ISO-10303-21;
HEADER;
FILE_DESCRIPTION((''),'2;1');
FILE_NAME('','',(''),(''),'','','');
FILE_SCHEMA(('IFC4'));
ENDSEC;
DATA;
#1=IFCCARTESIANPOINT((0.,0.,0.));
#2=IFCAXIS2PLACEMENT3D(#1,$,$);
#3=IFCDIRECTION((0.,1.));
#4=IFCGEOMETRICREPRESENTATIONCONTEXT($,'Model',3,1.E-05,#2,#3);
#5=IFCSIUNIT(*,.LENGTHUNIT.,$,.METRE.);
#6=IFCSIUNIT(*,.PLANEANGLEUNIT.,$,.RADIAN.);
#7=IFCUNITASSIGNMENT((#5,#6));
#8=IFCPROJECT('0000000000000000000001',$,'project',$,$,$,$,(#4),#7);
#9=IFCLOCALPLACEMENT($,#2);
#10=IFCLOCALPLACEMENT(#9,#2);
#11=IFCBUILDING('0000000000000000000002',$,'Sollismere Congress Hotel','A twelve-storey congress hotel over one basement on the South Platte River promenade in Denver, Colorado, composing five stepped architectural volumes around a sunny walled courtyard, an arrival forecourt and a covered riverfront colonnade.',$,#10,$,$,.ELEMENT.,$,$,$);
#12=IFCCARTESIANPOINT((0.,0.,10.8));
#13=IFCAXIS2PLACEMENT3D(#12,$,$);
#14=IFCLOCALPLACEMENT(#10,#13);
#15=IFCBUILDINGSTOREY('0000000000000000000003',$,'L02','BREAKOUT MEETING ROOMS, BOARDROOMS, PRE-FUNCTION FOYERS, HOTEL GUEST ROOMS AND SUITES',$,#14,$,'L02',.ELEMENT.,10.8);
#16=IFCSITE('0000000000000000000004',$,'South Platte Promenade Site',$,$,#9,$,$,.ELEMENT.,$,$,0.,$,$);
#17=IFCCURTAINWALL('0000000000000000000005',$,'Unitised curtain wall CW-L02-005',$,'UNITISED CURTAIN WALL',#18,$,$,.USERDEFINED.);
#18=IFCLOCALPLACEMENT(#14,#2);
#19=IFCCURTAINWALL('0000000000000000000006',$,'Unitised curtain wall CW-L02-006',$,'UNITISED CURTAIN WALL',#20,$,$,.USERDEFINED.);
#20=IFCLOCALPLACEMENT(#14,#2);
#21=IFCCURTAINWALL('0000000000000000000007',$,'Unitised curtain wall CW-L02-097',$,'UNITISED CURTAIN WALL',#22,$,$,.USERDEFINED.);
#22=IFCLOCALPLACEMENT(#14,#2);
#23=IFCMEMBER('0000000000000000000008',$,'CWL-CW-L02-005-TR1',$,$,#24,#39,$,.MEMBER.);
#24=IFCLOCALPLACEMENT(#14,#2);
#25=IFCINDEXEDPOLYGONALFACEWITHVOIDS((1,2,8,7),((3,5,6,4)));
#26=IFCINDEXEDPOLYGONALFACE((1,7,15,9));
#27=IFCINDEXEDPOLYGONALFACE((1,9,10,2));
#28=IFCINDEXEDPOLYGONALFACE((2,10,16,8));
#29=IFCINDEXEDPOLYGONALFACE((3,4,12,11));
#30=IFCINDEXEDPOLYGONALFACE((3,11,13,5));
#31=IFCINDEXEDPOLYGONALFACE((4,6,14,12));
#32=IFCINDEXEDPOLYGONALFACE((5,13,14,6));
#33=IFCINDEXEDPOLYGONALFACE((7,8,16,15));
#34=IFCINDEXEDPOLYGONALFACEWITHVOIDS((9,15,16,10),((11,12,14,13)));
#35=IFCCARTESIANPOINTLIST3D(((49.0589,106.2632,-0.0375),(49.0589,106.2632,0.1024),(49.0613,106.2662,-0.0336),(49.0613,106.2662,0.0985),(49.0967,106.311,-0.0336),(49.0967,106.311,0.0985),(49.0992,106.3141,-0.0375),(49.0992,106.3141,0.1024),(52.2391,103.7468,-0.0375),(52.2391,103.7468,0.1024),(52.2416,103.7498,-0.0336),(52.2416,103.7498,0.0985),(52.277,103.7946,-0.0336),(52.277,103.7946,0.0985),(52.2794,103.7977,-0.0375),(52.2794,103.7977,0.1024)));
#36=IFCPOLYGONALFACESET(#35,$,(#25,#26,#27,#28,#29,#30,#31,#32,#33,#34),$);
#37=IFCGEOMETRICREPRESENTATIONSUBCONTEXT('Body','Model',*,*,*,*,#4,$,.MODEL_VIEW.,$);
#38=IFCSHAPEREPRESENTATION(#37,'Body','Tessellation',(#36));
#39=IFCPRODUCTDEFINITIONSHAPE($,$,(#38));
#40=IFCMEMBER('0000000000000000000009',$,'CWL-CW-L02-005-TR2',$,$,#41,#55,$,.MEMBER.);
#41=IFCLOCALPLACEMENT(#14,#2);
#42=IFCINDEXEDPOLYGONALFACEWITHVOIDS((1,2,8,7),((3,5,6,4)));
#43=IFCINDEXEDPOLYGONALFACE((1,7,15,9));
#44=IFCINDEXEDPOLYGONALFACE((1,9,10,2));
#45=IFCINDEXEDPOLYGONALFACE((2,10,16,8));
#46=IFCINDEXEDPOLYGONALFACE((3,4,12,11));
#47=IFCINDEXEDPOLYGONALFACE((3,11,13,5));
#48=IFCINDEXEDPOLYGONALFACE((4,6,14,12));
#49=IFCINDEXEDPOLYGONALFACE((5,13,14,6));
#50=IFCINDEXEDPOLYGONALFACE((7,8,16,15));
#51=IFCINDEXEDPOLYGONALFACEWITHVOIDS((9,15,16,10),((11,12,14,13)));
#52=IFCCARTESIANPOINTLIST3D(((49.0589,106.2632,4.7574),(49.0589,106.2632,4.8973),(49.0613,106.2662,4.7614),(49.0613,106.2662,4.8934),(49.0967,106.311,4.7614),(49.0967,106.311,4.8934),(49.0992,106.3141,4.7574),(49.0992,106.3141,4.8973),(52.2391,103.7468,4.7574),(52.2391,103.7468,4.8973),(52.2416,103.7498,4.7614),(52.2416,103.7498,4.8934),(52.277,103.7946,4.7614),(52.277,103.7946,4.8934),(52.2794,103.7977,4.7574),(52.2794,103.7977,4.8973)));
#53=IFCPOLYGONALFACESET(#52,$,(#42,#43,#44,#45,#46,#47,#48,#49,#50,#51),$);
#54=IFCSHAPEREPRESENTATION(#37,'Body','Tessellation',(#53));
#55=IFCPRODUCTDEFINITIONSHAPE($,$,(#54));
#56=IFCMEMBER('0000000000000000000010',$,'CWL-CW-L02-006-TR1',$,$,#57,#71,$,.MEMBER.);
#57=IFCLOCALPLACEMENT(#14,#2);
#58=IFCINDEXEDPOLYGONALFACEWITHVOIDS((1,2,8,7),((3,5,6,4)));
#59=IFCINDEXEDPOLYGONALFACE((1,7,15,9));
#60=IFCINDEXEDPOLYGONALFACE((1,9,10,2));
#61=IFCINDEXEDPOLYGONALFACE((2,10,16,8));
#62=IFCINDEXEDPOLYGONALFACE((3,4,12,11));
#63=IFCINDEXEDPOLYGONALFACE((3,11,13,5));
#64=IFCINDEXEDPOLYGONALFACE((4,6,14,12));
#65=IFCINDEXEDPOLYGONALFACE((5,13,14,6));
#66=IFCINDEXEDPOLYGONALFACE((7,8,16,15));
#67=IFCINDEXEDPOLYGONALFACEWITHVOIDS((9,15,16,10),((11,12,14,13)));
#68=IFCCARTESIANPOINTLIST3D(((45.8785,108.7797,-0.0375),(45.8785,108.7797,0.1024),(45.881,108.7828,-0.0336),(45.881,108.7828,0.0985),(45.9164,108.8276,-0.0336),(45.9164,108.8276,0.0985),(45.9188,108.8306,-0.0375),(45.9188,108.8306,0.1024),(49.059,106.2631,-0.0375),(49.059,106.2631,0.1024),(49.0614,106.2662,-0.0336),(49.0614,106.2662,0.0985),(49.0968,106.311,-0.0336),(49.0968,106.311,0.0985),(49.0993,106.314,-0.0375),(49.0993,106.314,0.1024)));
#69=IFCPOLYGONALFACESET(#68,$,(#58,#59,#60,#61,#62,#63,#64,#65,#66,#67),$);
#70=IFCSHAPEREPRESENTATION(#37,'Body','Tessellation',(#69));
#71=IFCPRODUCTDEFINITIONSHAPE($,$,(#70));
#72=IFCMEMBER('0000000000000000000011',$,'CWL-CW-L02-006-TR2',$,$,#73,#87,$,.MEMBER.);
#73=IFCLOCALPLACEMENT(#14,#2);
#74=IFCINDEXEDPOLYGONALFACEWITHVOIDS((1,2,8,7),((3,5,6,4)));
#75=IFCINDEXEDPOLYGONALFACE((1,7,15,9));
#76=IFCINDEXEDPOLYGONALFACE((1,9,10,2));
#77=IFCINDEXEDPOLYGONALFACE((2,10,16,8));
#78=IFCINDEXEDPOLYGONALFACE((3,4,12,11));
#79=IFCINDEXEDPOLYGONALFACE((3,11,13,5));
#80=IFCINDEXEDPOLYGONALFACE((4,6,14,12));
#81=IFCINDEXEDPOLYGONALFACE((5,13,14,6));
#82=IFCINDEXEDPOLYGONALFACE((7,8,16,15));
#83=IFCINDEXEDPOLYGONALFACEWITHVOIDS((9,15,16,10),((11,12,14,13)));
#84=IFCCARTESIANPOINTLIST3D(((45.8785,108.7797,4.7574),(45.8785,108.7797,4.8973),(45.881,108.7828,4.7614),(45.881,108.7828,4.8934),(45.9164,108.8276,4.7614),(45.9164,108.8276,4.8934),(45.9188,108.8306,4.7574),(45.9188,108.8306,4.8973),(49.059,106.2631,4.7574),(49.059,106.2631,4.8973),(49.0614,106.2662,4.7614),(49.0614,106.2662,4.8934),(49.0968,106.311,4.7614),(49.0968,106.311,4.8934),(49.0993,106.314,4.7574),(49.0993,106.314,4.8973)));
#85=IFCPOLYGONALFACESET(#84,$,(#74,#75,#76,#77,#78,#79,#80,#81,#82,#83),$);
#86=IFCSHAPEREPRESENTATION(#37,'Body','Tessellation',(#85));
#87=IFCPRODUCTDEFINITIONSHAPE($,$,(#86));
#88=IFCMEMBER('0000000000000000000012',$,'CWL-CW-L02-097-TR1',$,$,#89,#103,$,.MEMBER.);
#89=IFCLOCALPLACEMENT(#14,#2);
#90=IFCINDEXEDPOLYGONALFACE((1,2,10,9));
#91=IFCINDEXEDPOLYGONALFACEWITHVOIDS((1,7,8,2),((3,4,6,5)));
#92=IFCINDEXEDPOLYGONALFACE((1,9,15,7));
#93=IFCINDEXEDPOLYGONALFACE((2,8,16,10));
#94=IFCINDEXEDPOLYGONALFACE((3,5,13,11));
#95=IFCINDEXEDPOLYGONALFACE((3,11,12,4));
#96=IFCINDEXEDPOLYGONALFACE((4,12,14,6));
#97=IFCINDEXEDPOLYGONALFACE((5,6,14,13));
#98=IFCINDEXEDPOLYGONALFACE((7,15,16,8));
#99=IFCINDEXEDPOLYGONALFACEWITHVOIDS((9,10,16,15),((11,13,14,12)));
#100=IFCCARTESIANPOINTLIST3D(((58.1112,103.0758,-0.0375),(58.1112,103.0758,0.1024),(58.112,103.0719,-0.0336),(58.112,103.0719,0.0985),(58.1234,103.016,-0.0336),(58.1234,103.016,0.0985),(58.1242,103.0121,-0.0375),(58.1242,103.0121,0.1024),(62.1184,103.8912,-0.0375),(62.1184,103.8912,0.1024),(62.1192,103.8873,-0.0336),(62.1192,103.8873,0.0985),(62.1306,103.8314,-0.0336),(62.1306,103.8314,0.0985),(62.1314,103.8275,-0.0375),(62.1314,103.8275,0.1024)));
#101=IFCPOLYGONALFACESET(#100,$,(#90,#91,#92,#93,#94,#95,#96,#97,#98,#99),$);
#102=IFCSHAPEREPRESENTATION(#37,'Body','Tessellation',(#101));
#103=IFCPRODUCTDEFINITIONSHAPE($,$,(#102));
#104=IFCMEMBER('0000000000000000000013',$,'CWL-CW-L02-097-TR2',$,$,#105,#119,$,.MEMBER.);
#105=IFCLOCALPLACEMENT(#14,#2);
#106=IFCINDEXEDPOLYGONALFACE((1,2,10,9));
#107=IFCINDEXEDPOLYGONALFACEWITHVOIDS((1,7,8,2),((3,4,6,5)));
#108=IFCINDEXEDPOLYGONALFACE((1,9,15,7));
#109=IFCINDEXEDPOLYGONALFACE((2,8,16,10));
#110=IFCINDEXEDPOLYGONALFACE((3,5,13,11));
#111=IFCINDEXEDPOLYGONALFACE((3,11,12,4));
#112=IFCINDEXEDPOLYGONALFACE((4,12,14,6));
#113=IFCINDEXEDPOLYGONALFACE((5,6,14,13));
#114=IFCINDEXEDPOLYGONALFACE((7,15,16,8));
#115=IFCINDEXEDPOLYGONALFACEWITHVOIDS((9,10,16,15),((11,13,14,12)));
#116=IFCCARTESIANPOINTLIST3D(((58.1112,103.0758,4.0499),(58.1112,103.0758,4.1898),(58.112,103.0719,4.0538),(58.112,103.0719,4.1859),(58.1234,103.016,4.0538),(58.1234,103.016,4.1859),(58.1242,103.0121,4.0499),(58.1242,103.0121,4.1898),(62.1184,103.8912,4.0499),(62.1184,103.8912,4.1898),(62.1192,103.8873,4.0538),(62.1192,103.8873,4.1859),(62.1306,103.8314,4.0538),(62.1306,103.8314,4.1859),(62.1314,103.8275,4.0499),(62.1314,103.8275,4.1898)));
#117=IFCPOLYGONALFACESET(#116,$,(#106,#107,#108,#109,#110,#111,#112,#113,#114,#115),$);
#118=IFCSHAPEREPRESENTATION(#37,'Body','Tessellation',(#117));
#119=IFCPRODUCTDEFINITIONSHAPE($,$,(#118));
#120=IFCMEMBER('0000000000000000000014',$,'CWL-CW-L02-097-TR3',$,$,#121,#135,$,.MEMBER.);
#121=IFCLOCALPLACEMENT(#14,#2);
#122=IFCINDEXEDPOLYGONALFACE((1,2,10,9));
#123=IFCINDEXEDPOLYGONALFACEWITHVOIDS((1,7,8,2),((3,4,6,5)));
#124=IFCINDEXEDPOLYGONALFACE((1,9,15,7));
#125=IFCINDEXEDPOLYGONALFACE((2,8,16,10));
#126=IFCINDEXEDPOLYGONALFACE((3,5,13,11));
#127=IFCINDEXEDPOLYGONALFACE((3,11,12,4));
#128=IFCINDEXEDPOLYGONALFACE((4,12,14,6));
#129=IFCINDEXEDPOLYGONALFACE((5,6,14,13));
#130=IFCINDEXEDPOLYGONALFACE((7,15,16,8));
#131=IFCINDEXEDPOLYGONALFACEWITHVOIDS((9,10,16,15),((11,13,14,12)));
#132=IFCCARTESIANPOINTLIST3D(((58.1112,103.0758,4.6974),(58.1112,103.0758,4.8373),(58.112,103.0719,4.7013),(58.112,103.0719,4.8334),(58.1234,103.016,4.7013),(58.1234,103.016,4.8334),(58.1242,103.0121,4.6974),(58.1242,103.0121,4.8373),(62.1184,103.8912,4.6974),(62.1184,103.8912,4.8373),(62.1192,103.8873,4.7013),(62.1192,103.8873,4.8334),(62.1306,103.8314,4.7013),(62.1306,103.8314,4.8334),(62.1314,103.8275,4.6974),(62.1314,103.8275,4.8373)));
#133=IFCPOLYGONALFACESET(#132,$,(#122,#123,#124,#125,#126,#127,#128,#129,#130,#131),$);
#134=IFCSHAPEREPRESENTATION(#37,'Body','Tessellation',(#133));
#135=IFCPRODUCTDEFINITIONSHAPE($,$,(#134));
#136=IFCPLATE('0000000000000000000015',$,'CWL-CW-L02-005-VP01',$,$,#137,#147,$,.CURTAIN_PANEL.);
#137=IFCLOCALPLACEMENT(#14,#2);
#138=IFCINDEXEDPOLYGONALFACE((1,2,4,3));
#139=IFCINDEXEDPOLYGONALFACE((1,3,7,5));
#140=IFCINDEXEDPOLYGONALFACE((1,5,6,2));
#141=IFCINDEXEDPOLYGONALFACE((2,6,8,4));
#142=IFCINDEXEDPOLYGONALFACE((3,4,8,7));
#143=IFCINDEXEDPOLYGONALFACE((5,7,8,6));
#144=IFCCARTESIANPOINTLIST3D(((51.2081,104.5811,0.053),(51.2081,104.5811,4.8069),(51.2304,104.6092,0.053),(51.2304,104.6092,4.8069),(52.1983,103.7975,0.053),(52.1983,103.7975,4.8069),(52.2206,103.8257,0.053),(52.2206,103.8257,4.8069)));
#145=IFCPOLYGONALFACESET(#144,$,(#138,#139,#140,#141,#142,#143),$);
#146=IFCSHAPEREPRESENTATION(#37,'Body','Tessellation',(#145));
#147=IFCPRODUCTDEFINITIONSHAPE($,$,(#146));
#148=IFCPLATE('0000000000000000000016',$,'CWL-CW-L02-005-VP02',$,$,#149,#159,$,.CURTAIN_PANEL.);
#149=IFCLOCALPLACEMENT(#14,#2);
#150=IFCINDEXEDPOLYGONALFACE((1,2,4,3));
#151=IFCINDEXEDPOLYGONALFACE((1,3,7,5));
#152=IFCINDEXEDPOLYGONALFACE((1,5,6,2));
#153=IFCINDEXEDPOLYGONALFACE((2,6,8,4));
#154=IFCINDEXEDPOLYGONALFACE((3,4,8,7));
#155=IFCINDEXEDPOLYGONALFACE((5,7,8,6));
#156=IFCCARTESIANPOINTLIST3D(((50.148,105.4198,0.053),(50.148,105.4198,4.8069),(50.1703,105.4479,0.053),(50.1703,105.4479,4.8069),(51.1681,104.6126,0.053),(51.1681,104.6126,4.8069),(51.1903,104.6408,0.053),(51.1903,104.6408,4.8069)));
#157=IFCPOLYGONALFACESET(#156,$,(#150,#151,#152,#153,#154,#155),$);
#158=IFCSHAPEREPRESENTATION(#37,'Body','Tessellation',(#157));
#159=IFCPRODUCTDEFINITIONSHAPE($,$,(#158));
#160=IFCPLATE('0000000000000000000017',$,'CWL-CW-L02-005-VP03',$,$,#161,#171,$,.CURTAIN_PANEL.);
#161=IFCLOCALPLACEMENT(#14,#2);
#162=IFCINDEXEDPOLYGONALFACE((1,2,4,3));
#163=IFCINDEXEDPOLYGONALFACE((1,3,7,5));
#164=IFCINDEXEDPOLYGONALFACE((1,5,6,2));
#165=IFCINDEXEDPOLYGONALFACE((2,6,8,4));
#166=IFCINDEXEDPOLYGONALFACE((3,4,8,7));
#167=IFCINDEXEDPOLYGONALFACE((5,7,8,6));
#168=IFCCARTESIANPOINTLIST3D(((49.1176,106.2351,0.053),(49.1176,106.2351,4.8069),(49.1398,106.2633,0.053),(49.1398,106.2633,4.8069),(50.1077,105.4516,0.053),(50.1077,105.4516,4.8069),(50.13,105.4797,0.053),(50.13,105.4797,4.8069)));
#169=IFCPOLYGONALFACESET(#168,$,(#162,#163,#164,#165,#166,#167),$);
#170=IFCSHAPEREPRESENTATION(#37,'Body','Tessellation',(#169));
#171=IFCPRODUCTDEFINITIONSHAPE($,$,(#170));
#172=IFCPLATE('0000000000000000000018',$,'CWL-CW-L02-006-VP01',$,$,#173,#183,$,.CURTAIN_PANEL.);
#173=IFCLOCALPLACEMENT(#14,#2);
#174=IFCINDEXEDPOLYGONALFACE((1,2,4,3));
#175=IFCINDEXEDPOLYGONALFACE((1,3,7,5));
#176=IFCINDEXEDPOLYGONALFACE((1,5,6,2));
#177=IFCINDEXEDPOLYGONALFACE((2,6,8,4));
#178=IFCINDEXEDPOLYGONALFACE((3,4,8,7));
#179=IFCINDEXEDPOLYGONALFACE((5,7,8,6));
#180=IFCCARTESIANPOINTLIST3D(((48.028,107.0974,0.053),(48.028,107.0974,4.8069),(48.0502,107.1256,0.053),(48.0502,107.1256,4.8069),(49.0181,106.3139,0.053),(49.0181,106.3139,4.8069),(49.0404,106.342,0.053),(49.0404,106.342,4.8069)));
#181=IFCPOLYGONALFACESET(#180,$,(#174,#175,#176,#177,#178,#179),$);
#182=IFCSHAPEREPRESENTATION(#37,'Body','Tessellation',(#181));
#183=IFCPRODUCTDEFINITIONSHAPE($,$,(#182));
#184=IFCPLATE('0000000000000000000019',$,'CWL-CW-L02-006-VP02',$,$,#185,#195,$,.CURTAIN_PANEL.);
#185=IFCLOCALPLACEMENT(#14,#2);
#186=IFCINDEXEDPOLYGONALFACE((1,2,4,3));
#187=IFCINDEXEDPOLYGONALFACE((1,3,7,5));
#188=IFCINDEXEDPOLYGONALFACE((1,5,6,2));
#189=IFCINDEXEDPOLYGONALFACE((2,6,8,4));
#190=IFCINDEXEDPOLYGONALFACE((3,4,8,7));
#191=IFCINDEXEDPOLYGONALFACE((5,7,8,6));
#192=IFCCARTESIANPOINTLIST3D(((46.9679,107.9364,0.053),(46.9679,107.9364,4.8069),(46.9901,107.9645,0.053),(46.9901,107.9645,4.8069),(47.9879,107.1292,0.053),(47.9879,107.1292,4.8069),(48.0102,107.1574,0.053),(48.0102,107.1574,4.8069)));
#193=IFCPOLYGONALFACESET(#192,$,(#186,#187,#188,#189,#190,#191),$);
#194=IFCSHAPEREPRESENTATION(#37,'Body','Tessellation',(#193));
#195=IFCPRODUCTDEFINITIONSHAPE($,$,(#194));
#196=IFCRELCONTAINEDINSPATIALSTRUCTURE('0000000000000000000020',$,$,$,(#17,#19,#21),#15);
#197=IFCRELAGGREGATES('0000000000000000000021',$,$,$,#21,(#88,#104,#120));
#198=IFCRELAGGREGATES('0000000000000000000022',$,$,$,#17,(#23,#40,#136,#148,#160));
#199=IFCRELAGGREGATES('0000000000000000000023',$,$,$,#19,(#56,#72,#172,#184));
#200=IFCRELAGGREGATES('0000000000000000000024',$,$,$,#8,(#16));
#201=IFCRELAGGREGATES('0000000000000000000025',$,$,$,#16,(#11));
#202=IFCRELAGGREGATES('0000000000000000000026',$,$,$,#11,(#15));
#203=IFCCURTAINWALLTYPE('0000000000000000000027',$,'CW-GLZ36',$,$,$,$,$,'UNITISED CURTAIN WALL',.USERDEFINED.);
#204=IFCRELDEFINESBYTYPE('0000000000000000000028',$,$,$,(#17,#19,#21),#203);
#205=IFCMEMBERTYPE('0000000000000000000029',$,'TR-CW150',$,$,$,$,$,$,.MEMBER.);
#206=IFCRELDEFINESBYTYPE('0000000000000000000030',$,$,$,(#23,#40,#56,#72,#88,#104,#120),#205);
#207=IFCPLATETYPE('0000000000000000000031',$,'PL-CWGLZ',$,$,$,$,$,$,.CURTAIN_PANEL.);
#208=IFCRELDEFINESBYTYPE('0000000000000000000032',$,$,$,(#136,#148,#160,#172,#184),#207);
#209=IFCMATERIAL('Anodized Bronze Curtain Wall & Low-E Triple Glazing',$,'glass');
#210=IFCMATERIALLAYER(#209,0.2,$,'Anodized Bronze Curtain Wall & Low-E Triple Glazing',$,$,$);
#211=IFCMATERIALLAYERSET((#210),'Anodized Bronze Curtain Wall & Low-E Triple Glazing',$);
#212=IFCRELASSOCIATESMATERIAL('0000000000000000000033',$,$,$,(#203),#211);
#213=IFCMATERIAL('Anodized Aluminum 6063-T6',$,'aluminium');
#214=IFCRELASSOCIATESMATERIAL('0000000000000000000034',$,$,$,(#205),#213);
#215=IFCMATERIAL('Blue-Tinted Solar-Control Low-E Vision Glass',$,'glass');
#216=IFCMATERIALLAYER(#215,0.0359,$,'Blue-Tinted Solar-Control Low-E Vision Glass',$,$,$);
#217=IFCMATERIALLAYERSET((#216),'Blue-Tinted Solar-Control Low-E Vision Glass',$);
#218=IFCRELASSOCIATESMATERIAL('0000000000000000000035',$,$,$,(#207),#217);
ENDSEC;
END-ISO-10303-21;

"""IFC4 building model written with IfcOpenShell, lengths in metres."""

from ifc_helpers import new_model, si_unit, direction, frame, origin, origin_2d, place, context, subcontext, project, spatial, rectangle, hollow_rectangle, extrude, material, layer, layer_set, material_profile, profile_set, type_object, element, aggregate, save


model = new_model("IFC4")

# Units and contexts
model_context = context("Model", 3, precision=1e-05, world=origin(), true_north=direction((0.0, 1.0)))
body_context = subcontext(model_context, "Body", "Model", "MODEL_VIEW")
ifc_project = project(units=[si_unit("LENGTHUNIT", "METRE"), si_unit("PLANEANGLEUNIT", "RADIAN")], contexts=[model_context])

# Site, building, storey
site_placement = place(None, origin())
site = spatial("IfcSite", under=ifc_project, at=site_placement, Name="South Platte Promenade Site", CompositionType="ELEMENT", RefElevation=0.0)
building_placement = place(site_placement, origin())
building = spatial("IfcBuilding", under=site, at=building_placement, Name="Sollismere Congress Hotel", Description="A twelve-storey congress hotel over one basement on the South Platte River promenade in Denver, Colorado, composing five stepped architectural volumes around a sunny walled courtyard, an arrival forecourt and a covered riverfront colonnade.", CompositionType="ELEMENT")
storey_placement = place(building_placement, frame((0.0, 0.0, 10.8)))
storey = spatial("IfcBuildingStorey", under=building, at=storey_placement, Name="L02", Description="BREAKOUT MEETING ROOMS, BOARDROOMS, PRE-FUNCTION FOYERS, HOTEL GUEST ROOMS AND SUITES", LongName="L02", CompositionType="ELEMENT", Elevation=10.8)

# Curtain walls
ifc_material_1 = material(Name="Anodized Bronze Curtain Wall & Low-E Triple Glazing", Category="glass")
ifc_layer_1 = layer(ifc_material_1, 0.2, Name="Anodized Bronze Curtain Wall & Low-E Triple Glazing")
ifc_layer_set_1 = layer_set([ifc_layer_1], Name="Anodized Bronze Curtain Wall & Low-E Triple Glazing")
curtain_wall_type = type_object("IfcCurtainWallType", Name="CW-GLZ36", ElementType="UNITISED CURTAIN WALL", PredefinedType="USERDEFINED", material=ifc_layer_set_1)
curtain_wall_1_placement = place(storey_placement, origin())
curtain_wall_1 = element("IfcCurtainWall", 1, at=curtain_wall_1_placement, inside=storey, type_object=curtain_wall_type, Name="Unitised curtain wall CW-L02-005", ObjectType="UNITISED CURTAIN WALL", PredefinedType="USERDEFINED")
ifc_material_2 = material(Name="Anodized Aluminum 6063-T6", Category="aluminium")
curtain_wall_2_placement = place(storey_placement, origin())
curtain_wall_2 = element("IfcCurtainWall", 2, at=curtain_wall_2_placement, inside=storey, type_object=curtain_wall_type, Name="Unitised curtain wall CW-L02-006", ObjectType="UNITISED CURTAIN WALL", PredefinedType="USERDEFINED")

# Curtain wall
curtain_wall_3_placement = place(storey_placement, origin())
curtain_wall_3 = element("IfcCurtainWall", 3, at=curtain_wall_3_placement, inside=storey, type_object=curtain_wall_type, Name="Unitised curtain wall CW-L02-097", ObjectType="UNITISED CURTAIN WALL", PredefinedType="USERDEFINED")

# Members
ifc_material_profile_1 = material_profile(ifc_material_2, hollow_rectangle(XDim=0.0649, YDim=0.1399, WallThickness=0.0039, at=origin_2d()), Name="ALU140X65X4")
ifc_profile_set_1 = profile_set([ifc_material_profile_1], Name="Anodized Aluminum 6063-T6")
member_type_1 = type_object("IfcMemberType", Name="TR-CW150", PredefinedType="MEMBER", material=ifc_profile_set_1)
member_1_placement = place(storey_placement, frame((52.2593, 103.7722, 0.0325), z_axis=(-0.7842, 0.620509, 0.0), x_axis=(-0.620509, -0.7842, 0.0)))
member_1 = element("IfcMember", 4, at=member_1_placement, type_object=member_type_1, Name="CWL-CW-L02-005-TR1", PredefinedType="MEMBER", context=body_context, shape_type="SweptSolid", body=[
    extrude(hollow_rectangle(XDim=0.0649, YDim=0.1399, WallThickness=0.0039, at=origin_2d()), origin(), (0.0, 0.0, 1.0), 4.0554),
])
member_2_placement = place(storey_placement, frame((52.2593, 103.7722, 4.8274), z_axis=(-0.7842, 0.620509, 0.0), x_axis=(-0.620509, -0.7842, 0.0)))
member_2 = element("IfcMember", 5, at=member_2_placement, type_object=member_type_1, Name="CWL-CW-L02-005-TR2", PredefinedType="MEMBER", context=body_context, shape_type="SweptSolid", body=[
    extrude(hollow_rectangle(XDim=0.0649, YDim=0.1399, WallThickness=0.0039, at=origin_2d()), origin(), (0.0, 0.0, 1.0), 4.0554),
])
member_3_placement = place(storey_placement, frame((49.0791, 106.2886, 0.0325), z_axis=(-0.784194, 0.620516, 0.0), x_axis=(-0.620516, -0.784194, 0.0)))
member_3 = element("IfcMember", 6, at=member_3_placement, type_object=member_type_1, Name="CWL-CW-L02-006-TR1", PredefinedType="MEMBER", context=body_context, shape_type="SweptSolid", body=[
    extrude(hollow_rectangle(XDim=0.0649, YDim=0.1399, WallThickness=0.0039, at=origin_2d()), origin(), (0.0, 0.0, 1.0), 4.0557),
])
member_4_placement = place(storey_placement, frame((49.0791, 106.2886, 4.8274), z_axis=(-0.784194, 0.620516, 0.0), x_axis=(-0.620516, -0.784194, 0.0)))
member_4 = element("IfcMember", 7, at=member_4_placement, type_object=member_type_1, Name="CWL-CW-L02-006-TR2", PredefinedType="MEMBER", context=body_context, shape_type="SweptSolid", body=[
    extrude(hollow_rectangle(XDim=0.0649, YDim=0.1399, WallThickness=0.0039, at=origin_2d()), origin(), (0.0, 0.0, 1.0), 4.0557),
])
member_5_placement = place(storey_placement, frame((58.1177, 103.0439, 0.0325), z_axis=(0.979918, 0.199399, 0.0), x_axis=(-0.199399, 0.979918, 0.0)))
member_5 = element("IfcMember", 8, at=member_5_placement, type_object=member_type_1, Name="CWL-CW-L02-097-TR1", PredefinedType="MEMBER", context=body_context, shape_type="SweptSolid", body=[
    extrude(hollow_rectangle(XDim=0.0649, YDim=0.1399, WallThickness=0.0039, at=origin_2d()), origin(), (0.0, 0.0, 1.0), 4.0894),
])
member_6_placement = place(storey_placement, frame((58.1177, 103.0439, 4.1199), z_axis=(0.979918, 0.199399, 0.0), x_axis=(-0.199399, 0.979918, 0.0)))
member_6 = element("IfcMember", 9, at=member_6_placement, type_object=member_type_1, Name="CWL-CW-L02-097-TR2", PredefinedType="MEMBER", context=body_context, shape_type="SweptSolid", body=[
    extrude(hollow_rectangle(XDim=0.0649, YDim=0.1399, WallThickness=0.0039, at=origin_2d()), origin(), (0.0, 0.0, 1.0), 4.0894),
])
member_7_placement = place(storey_placement, frame((58.1177, 103.0439, 4.7673), z_axis=(0.979918, 0.199399, 0.0), x_axis=(-0.199399, 0.979918, 0.0)))
member_7 = element("IfcMember", 10, at=member_7_placement, type_object=member_type_1, Name="CWL-CW-L02-097-TR3", PredefinedType="MEMBER", context=body_context, shape_type="SweptSolid", body=[
    extrude(hollow_rectangle(XDim=0.0649, YDim=0.1399, WallThickness=0.0039, at=origin_2d()), origin(), (0.0, 0.0, 1.0), 4.0894),
])
aggregate(curtain_wall_3, [member_5, member_6, member_7])

# Plates
ifc_material_3 = material(Name="Blue-Tinted Solar-Control Low-E Vision Glass", Category="glass")
ifc_layer_2 = layer(ifc_material_3, 0.0359, Name="Blue-Tinted Solar-Control Low-E Vision Glass")
ifc_layer_set_2 = layer_set([ifc_layer_2], Name="Blue-Tinted Solar-Control Low-E Vision Glass")
plate_type_1 = type_object("IfcPlateType", Name="PL-CWGLZ", PredefinedType="CURTAIN_PANEL", material=ifc_layer_set_2)
plate_1_placement = place(storey_placement, frame((51.7144, 104.2034, 0.053), z_axis=(0.0, 0.0, 1.0), x_axis=(-0.784181, 0.620532, 0.0)))
plate_1 = element("IfcPlate", 11, at=plate_1_placement, type_object=plate_type_1, Name="CWL-CW-L02-005-VP01", PredefinedType="CURTAIN_PANEL", context=body_context, shape_type="SweptSolid", body=[
    extrude(rectangle(XDim=1.2627, YDim=0.0359, at=origin_2d()), origin(), (0.0, 0.0, 1.0), 4.7539),
])
plate_2_placement = place(storey_placement, frame((50.6692, 105.0303, 0.053), z_axis=(0.0, 0.0, 1.0), x_axis=(-0.784181, 0.620532, 0.0)))
plate_2 = element("IfcPlate", 12, at=plate_2_placement, type_object=plate_type_1, Name="CWL-CW-L02-005-VP02", PredefinedType="CURTAIN_PANEL", context=body_context, shape_type="SweptSolid", body=[
    extrude(rectangle(XDim=1.3008, YDim=0.0359, at=origin_2d()), origin(), (0.0, 0.0, 1.0), 4.7539),
])
plate_3_placement = place(storey_placement, frame((49.6238, 105.8574, 0.053), z_axis=(0.0, 0.0, 1.0), x_axis=(-0.784181, 0.620532, 0.0)))
plate_3 = element("IfcPlate", 13, at=plate_3_placement, type_object=plate_type_1, Name="CWL-CW-L02-005-VP03", PredefinedType="CURTAIN_PANEL", context=body_context, shape_type="SweptSolid", body=[
    extrude(rectangle(XDim=1.2627, YDim=0.0359, at=origin_2d()), origin(), (0.0, 0.0, 1.0), 4.7539),
])
aggregate(curtain_wall_1, [member_1, member_2, plate_1, plate_2, plate_3])
plate_4_placement = place(storey_placement, frame((48.5342, 106.7197, 0.053), z_axis=(0.0, 0.0, 1.0), x_axis=(-0.784181, 0.620532, 0.0)))
plate_4 = element("IfcPlate", 14, at=plate_4_placement, type_object=plate_type_1, Name="CWL-CW-L02-006-VP01", PredefinedType="CURTAIN_PANEL", context=body_context, shape_type="SweptSolid", body=[
    extrude(rectangle(XDim=1.2627, YDim=0.0359, at=origin_2d()), origin(), (0.0, 0.0, 1.0), 4.7539),
])
plate_5_placement = place(storey_placement, frame((47.489, 107.5469, 0.053), z_axis=(0.0, 0.0, 1.0), x_axis=(-0.784181, 0.620532, 0.0)))
plate_5 = element("IfcPlate", 15, at=plate_5_placement, type_object=plate_type_1, Name="CWL-CW-L02-006-VP02", PredefinedType="CURTAIN_PANEL", context=body_context, shape_type="SweptSolid", body=[
    extrude(rectangle(XDim=1.3008, YDim=0.0359, at=origin_2d()), origin(), (0.0, 0.0, 1.0), 4.7539),
])
aggregate(curtain_wall_2, [member_3, member_4, plate_4, plate_5])

save(model, "model.ifc")
